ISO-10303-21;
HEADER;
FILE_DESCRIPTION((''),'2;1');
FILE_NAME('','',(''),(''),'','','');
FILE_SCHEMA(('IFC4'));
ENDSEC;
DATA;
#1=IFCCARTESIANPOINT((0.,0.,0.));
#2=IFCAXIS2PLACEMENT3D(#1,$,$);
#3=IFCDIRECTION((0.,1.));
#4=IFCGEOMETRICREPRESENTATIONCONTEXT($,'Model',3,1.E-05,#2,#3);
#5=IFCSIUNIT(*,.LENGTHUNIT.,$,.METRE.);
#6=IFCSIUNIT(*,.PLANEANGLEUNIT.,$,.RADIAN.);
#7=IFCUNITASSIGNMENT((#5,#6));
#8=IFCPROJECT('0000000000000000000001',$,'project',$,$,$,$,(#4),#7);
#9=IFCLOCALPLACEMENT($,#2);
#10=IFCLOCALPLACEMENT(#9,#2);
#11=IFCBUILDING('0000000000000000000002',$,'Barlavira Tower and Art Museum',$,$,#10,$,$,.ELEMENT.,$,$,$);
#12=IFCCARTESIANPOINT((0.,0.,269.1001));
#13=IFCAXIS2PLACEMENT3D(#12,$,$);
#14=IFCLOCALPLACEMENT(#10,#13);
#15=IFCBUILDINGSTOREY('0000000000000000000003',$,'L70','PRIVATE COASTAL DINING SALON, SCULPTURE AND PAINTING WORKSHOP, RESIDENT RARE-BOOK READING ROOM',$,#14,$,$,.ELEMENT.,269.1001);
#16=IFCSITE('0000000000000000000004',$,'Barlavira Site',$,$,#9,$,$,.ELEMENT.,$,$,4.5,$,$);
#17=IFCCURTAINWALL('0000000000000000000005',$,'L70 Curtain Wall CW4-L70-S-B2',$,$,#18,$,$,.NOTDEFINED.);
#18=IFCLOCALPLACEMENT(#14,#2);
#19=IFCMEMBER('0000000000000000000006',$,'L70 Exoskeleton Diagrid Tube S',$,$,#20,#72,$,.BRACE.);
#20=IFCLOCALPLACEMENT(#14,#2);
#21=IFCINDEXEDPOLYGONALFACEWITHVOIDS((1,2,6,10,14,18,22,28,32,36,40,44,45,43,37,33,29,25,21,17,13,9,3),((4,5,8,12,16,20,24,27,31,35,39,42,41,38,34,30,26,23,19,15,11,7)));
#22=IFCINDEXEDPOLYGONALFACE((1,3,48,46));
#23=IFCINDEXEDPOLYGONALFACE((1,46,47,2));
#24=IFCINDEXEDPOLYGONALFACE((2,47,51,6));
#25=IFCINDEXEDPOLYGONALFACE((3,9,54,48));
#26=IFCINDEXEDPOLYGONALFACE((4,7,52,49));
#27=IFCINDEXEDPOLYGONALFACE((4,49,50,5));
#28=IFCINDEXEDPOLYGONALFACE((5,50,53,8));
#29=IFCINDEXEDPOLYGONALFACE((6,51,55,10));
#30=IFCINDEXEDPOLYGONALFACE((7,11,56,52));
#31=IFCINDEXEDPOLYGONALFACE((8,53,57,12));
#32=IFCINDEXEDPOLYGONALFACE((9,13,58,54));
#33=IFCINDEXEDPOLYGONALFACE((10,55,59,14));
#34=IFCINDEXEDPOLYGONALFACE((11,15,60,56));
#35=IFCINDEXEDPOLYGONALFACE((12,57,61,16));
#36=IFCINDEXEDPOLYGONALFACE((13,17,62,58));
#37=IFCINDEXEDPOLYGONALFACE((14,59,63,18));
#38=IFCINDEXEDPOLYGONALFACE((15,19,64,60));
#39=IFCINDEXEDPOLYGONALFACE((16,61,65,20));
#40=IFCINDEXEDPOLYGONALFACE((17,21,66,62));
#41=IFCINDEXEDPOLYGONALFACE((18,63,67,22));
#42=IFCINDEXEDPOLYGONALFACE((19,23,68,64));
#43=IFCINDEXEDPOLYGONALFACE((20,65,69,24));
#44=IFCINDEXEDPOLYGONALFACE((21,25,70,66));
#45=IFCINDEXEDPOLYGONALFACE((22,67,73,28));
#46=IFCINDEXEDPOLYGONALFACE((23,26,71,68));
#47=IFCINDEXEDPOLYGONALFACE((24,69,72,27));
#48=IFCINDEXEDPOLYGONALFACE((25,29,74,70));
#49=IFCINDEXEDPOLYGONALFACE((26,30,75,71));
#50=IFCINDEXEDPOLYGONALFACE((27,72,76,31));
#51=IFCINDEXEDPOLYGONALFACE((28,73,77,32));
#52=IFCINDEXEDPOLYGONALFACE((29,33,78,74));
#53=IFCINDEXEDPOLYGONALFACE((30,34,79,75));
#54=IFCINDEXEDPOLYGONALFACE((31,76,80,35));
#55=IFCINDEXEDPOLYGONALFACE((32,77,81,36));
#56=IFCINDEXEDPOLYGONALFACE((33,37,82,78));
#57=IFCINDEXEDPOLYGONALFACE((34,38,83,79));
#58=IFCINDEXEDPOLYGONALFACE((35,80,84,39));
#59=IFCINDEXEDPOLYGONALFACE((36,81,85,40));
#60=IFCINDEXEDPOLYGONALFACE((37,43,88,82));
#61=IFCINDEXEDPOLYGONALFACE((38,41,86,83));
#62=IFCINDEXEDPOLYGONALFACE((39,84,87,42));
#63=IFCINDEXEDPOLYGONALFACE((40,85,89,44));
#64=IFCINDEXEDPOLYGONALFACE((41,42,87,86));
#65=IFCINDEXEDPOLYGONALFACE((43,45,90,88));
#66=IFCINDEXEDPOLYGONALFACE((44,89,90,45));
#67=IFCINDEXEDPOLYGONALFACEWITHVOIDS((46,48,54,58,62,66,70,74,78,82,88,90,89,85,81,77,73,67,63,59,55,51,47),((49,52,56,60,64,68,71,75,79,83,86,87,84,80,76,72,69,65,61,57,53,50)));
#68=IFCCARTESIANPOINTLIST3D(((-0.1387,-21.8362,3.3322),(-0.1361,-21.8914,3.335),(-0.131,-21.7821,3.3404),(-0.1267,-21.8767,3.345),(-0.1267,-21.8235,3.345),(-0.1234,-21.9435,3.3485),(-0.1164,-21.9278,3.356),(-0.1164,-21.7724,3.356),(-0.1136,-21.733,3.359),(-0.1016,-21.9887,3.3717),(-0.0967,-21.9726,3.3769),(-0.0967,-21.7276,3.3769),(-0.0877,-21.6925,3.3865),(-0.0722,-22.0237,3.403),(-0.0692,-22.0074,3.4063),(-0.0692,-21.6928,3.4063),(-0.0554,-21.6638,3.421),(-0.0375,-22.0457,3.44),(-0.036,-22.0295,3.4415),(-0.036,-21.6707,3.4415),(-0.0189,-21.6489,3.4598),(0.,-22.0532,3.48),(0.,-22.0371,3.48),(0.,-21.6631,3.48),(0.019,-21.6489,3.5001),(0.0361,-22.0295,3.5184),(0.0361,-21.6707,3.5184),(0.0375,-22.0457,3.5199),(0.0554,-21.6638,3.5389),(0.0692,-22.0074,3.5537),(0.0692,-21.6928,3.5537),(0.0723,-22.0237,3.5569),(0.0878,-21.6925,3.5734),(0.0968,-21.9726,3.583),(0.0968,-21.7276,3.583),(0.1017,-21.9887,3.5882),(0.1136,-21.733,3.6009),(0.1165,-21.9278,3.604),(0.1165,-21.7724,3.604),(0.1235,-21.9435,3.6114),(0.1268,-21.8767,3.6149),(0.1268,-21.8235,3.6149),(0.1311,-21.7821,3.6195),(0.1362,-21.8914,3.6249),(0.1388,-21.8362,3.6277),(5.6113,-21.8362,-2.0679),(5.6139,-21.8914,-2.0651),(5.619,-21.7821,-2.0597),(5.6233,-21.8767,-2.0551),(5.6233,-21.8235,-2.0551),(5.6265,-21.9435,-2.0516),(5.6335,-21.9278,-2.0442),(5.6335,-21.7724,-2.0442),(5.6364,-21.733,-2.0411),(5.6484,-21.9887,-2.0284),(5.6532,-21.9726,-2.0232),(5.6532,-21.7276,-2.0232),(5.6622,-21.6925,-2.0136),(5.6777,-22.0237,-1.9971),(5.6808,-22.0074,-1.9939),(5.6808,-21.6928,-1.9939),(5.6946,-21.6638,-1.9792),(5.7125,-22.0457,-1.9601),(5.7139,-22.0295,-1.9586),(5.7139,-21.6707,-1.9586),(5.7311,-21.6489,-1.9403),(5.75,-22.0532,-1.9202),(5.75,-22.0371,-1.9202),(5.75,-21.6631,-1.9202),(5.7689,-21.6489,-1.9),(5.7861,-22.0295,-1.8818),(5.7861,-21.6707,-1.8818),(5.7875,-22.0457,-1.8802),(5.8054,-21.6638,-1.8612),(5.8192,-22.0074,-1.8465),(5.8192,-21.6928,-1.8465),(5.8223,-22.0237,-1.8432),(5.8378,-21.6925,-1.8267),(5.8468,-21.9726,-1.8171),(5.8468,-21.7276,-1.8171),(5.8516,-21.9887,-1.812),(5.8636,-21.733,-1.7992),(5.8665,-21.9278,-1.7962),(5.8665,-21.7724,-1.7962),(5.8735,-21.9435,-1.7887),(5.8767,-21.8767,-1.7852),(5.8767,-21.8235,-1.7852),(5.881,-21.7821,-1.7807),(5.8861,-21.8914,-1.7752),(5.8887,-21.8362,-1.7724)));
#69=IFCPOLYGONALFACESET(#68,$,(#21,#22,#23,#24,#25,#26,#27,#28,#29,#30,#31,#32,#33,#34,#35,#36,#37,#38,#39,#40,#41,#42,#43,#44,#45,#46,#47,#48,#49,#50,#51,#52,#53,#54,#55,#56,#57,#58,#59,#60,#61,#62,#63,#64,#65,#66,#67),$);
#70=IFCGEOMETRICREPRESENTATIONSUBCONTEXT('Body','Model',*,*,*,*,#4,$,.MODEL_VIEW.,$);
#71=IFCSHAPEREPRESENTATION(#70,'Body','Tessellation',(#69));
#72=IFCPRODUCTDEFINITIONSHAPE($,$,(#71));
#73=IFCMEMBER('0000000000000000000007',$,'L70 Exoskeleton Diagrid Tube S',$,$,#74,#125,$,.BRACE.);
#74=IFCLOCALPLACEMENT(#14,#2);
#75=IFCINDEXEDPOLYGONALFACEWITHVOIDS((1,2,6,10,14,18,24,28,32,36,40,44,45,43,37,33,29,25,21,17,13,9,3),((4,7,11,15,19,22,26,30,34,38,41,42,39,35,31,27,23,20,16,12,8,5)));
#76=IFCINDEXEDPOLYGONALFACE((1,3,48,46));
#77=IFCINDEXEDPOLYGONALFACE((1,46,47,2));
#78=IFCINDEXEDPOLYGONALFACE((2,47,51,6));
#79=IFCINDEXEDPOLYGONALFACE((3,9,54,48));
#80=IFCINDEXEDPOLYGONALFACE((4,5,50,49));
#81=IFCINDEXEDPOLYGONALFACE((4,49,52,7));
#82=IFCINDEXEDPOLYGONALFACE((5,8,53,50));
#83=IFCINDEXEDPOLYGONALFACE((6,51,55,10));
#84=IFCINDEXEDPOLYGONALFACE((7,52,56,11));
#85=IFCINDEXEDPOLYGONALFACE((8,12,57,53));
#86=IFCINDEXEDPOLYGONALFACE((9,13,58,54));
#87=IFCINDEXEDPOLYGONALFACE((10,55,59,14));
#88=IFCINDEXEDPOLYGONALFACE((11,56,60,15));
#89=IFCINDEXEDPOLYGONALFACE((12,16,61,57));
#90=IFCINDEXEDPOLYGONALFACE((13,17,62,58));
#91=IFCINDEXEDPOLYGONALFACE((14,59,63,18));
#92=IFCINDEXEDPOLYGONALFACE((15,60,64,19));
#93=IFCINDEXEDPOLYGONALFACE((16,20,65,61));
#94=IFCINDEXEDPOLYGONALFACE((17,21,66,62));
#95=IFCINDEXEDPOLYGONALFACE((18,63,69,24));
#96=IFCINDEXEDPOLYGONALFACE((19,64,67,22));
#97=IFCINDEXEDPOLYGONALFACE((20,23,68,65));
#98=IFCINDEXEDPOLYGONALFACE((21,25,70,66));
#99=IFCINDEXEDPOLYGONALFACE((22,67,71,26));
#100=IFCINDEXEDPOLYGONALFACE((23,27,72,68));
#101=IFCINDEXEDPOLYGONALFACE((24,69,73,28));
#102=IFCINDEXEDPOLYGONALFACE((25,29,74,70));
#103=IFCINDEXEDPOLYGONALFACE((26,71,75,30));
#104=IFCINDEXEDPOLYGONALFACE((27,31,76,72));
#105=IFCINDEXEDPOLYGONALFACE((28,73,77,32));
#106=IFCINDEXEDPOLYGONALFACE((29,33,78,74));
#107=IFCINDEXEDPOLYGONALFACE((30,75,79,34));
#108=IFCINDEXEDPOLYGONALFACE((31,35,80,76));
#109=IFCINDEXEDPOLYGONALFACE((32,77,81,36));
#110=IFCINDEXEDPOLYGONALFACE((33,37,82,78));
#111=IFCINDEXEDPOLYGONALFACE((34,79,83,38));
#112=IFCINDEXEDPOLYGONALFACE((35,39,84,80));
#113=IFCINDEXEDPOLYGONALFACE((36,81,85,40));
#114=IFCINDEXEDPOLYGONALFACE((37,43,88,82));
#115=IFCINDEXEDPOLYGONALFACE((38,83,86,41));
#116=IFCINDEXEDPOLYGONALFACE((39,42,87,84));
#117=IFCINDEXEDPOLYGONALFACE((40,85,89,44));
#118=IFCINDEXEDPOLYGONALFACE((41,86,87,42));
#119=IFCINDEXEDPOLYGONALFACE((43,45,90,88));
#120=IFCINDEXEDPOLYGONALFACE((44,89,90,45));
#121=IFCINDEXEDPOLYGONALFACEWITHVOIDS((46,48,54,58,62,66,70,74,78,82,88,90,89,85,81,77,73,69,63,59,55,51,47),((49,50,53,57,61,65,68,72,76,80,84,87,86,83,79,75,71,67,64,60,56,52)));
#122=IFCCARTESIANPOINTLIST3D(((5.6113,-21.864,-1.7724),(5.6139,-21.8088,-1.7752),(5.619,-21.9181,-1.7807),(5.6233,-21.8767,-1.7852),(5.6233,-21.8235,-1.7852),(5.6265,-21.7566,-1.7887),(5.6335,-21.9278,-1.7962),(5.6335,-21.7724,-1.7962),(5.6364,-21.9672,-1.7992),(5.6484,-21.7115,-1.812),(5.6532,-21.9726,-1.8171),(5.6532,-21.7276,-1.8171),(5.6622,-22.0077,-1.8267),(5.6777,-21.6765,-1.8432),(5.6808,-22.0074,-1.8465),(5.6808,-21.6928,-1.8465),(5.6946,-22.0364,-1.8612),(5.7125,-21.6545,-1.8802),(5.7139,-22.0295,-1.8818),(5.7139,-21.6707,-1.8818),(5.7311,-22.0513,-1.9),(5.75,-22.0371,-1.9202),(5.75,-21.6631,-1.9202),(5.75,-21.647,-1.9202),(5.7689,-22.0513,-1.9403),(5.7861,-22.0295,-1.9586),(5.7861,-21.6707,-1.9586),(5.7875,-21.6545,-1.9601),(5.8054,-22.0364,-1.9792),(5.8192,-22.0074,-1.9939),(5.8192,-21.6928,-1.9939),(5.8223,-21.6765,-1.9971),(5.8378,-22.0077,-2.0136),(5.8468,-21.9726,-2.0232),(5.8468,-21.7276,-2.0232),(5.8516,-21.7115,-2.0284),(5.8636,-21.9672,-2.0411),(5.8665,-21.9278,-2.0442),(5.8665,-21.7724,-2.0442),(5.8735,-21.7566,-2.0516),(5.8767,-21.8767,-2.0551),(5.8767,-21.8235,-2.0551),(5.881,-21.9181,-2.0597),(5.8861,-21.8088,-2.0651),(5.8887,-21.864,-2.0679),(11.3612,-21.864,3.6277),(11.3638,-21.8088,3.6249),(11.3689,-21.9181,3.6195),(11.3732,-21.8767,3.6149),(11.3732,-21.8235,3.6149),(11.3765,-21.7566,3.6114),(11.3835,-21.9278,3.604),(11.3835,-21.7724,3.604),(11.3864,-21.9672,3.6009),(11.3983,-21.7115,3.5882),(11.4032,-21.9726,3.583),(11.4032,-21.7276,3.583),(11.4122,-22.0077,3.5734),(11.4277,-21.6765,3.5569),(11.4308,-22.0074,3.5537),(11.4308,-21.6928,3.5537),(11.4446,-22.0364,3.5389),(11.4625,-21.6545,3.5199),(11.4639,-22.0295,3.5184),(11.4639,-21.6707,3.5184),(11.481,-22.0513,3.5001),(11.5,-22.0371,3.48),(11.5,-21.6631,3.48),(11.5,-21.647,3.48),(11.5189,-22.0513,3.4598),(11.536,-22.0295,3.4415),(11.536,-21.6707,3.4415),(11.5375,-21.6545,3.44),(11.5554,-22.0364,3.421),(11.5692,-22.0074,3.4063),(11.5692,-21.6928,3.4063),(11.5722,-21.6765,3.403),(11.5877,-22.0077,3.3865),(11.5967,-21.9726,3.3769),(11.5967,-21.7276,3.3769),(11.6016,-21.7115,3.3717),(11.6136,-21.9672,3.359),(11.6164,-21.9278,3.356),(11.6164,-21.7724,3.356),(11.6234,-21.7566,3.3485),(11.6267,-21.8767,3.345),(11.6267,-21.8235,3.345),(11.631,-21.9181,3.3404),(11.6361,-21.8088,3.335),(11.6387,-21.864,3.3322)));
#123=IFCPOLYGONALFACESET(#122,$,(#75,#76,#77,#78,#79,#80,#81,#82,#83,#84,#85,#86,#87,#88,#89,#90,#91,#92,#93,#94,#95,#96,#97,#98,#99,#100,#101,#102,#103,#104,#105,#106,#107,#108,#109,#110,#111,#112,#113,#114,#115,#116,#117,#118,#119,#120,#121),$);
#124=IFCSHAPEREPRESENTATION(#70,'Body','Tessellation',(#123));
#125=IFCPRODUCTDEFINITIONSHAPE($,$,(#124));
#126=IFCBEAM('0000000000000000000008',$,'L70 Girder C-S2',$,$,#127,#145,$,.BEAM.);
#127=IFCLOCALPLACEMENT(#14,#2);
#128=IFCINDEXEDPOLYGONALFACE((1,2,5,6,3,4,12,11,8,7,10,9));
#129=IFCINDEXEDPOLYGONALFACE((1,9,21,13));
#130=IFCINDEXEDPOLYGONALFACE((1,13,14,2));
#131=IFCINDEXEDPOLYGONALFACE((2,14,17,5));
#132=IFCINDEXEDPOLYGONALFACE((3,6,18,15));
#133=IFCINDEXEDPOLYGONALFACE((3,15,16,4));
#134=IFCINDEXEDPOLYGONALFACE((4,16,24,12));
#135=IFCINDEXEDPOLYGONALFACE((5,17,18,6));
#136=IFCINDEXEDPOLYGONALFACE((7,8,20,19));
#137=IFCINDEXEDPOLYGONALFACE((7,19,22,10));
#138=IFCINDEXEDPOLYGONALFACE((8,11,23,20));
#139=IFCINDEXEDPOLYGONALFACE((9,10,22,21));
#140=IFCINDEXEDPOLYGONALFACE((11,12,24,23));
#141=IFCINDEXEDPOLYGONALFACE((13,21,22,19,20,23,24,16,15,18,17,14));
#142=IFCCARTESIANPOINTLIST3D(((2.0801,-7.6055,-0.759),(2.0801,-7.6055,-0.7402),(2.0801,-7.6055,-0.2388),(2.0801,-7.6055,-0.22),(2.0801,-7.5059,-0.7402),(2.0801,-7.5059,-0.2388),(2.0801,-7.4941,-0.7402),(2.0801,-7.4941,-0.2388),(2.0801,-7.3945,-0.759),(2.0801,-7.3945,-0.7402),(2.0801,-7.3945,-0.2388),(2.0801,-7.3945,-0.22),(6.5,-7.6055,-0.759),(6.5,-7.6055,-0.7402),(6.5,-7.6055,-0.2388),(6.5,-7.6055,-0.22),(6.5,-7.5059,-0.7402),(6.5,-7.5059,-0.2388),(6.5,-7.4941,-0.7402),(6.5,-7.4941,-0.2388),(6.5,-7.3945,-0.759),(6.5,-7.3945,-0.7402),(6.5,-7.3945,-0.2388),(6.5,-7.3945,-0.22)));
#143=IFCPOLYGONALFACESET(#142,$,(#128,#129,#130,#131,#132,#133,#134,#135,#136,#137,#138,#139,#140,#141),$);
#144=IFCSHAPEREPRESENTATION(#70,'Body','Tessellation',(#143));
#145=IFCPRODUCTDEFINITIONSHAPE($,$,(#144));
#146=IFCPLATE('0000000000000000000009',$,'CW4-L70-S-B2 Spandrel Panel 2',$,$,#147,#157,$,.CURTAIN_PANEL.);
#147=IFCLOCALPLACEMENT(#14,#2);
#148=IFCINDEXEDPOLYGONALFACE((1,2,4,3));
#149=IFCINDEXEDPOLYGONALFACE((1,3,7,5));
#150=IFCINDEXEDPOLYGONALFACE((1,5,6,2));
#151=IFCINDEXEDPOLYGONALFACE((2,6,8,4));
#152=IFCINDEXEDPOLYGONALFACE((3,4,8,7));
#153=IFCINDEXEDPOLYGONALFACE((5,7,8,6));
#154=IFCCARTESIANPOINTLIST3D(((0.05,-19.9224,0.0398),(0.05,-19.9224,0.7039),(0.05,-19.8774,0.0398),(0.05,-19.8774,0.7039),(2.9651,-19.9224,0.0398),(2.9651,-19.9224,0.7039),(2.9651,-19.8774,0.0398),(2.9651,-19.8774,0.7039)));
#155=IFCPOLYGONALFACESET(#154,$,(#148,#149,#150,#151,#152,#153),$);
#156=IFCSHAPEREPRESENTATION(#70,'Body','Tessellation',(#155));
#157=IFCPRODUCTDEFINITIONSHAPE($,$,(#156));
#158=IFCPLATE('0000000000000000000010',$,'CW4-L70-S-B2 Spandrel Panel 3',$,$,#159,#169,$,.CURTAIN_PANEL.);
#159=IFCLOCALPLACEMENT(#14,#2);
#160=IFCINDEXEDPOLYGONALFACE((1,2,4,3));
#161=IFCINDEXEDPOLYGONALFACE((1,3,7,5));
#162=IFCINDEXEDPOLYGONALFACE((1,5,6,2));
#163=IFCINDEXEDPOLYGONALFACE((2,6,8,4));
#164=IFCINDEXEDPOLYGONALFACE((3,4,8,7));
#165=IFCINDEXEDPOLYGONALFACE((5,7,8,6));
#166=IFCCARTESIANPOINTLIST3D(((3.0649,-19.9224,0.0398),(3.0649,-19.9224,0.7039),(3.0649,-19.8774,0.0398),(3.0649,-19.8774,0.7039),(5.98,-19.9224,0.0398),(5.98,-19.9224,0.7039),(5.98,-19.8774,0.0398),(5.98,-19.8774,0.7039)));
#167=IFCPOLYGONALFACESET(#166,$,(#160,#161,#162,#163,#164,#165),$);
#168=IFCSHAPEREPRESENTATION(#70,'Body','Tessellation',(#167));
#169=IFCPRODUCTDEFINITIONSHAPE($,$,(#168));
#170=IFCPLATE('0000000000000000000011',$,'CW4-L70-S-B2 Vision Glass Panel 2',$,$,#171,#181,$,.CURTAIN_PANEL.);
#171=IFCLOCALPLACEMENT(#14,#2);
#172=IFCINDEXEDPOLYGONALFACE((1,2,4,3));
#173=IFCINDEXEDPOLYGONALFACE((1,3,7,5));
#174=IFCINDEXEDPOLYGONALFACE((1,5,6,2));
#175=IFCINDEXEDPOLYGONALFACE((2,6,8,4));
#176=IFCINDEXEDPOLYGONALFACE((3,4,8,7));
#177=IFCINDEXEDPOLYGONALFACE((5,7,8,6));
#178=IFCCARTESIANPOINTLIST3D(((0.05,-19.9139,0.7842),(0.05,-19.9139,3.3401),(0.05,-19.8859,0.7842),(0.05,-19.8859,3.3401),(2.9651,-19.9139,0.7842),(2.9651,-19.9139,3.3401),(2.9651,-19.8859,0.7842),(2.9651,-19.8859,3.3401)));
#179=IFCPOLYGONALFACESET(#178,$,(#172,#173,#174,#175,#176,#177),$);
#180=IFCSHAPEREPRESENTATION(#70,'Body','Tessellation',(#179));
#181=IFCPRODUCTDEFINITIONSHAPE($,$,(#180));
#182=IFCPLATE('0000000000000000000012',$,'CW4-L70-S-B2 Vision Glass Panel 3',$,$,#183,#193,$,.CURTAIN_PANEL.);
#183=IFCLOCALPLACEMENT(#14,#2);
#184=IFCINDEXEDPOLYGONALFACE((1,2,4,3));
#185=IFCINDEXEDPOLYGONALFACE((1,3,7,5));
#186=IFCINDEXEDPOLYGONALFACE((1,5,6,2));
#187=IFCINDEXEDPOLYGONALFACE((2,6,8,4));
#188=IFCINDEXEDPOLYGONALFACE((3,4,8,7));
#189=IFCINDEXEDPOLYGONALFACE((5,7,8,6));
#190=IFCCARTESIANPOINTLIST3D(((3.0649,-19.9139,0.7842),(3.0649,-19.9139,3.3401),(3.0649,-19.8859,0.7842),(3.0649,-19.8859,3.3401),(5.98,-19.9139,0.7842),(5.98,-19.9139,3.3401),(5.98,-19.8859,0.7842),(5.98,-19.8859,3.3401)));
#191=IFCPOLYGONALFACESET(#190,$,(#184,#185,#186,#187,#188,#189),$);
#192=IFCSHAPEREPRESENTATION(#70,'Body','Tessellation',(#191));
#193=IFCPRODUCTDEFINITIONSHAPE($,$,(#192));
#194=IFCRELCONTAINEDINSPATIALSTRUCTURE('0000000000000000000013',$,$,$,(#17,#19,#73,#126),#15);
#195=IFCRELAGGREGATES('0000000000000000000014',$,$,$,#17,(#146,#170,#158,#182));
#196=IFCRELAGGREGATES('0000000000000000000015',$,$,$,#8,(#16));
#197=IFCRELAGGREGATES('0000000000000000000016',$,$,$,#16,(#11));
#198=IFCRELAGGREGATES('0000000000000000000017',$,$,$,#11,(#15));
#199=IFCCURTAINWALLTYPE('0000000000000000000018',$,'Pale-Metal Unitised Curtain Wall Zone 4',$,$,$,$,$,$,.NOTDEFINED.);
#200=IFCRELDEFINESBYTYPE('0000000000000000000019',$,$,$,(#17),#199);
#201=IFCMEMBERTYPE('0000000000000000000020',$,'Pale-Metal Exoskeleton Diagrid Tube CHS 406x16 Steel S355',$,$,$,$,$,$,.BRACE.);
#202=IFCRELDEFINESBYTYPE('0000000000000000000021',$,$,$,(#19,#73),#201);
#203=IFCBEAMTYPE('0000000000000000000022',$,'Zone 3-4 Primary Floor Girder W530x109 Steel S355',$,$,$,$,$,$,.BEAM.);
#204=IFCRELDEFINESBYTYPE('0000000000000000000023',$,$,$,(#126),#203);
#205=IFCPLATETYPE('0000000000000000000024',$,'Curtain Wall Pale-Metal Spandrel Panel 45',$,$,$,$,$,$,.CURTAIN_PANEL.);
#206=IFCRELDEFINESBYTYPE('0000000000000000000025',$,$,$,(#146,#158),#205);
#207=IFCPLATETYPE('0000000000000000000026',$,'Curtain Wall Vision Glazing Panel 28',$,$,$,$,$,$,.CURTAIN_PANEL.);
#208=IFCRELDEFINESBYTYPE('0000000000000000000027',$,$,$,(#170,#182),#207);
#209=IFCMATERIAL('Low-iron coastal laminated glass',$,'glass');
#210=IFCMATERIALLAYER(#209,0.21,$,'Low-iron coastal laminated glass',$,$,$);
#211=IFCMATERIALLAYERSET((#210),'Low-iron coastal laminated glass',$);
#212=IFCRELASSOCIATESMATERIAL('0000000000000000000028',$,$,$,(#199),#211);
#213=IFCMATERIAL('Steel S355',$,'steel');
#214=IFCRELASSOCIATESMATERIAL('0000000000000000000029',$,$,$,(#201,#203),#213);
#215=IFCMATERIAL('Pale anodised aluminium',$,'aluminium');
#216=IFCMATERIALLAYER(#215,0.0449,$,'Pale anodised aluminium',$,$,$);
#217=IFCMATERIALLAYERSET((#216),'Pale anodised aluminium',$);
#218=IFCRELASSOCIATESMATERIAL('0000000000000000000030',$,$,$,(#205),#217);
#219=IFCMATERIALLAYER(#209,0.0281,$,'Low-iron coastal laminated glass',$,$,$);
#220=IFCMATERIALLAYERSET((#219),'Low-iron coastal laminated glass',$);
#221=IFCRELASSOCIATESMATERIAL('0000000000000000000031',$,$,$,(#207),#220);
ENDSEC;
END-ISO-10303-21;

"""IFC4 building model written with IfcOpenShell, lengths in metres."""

from ifc_helpers import new_model, si_unit, direction, frame, origin, origin_2d, place, context, subcontext, project, spatial, rectangle, hollow_circle, i_section, extrude, material, layer, layer_set, material_profile, profile_set, type_object, element, aggregate, save


model = new_model("IFC4")

# Units and contexts
model_context = context("Model", 3, precision=1e-05, world=origin(), true_north=direction((0.0, 1.0)))
body_context = subcontext(model_context, "Body", "Model", "MODEL_VIEW")
ifc_project = project(units=[si_unit("LENGTHUNIT", "METRE"), si_unit("PLANEANGLEUNIT", "RADIAN")], contexts=[model_context])

# Site, building, storey
site_placement = place(None, origin())
site = spatial("IfcSite", under=ifc_project, at=site_placement, Name="Barlavira Site", CompositionType="ELEMENT", RefElevation=4.5)
building_placement = place(site_placement, origin())
building = spatial("IfcBuilding", under=site, at=building_placement, Name="Barlavira Tower and Art Museum", CompositionType="ELEMENT")
storey_placement = place(building_placement, frame((0.0, 0.0, 269.1001)))
storey = spatial("IfcBuildingStorey", under=building, at=storey_placement, Name="L70", Description="PRIVATE COASTAL DINING SALON, SCULPTURE AND PAINTING WORKSHOP, RESIDENT RARE-BOOK READING ROOM", CompositionType="ELEMENT", Elevation=269.1001)

# Shared definitions
ifc_material_1 = material(Name="Steel S355", Category="steel")

# Curtain wall
ifc_material_2 = material(Name="Low-iron coastal laminated glass", Category="glass")
ifc_layer_1 = layer(ifc_material_2, 0.21, Name="Low-iron coastal laminated glass")
ifc_layer_set_1 = layer_set([ifc_layer_1], Name="Low-iron coastal laminated glass")
curtain_wall_type = type_object("IfcCurtainWallType", Name="Pale-Metal Unitised Curtain Wall Zone 4", PredefinedType="NOTDEFINED", material=ifc_layer_set_1)
curtain_wall_placement = place(storey_placement, origin())
curtain_wall = element("IfcCurtainWall", 1, at=curtain_wall_placement, inside=storey, type_object=curtain_wall_type, Name="L70 Curtain Wall CW4-L70-S-B2", PredefinedType="NOTDEFINED")
ifc_material_3 = material(Name="Pale anodised aluminium", Category="aluminium")

# Members
ifc_material_profile_1 = material_profile(ifc_material_1, hollow_circle(Radius=0.2031, WallThickness=0.0161, at=origin_2d()), Name="CHS 406.4x16.0")
ifc_profile_set_1 = profile_set([ifc_material_profile_1], Name="Steel S355")
member_type_1 = type_object("IfcMemberType", Name="Pale-Metal Exoskeleton Diagrid Tube CHS 406x16 Steel S355", PredefinedType="BRACE", material=ifc_profile_set_1)
for number, where, z_axis, x_axis, name in (
    (2, (5.75, -21.8501, -1.9202), (-0.728935, 0.0, 0.684583), (0.0, -1.0, 0.0), "L70 Exoskeleton Diagrid Tube S"),
    (3, (5.75, -21.8501, -1.9202), (0.728935, 0.0, 0.684583), (0.0, 1.0, 0.0), "L70 Exoskeleton Diagrid Tube S"),
):
    element("IfcMember", number, at=place(storey_placement, frame(where, z_axis=z_axis, x_axis=x_axis)), inside=storey, type_object=member_type_1, Name=name, PredefinedType="BRACE", context=body_context, shape_type="SweptSolid", body=[
        extrude(hollow_circle(Radius=0.2031, WallThickness=0.0161, at=origin_2d()), origin(), (0.0, 0.0, 1.0), 7.8882),
    ])

# Beam
ifc_material_profile_2 = material_profile(ifc_material_1, i_section(OverallWidth=0.2109, OverallDepth=0.5391, WebThickness=0.0117, FlangeThickness=0.0188, at=origin_2d()), Name="W530x109.0")
ifc_profile_set_2 = profile_set([ifc_material_profile_2], Name="Steel S355")
beam_type = type_object("IfcBeamType", Name="Zone 3-4 Primary Floor Girder W530x109 Steel S355", PredefinedType="BEAM", material=ifc_profile_set_2)
beam_placement = place(storey_placement, frame((2.0801, -7.5, -0.4895), z_axis=(1.0, 0.0, 0.0), x_axis=(0.0, 1.0, 0.0)))
element("IfcBeam", 4, at=beam_placement, inside=storey, type_object=beam_type, Name="L70 Girder C-S2", PredefinedType="BEAM", context=body_context, shape_type="SweptSolid", body=[
    extrude(i_section(OverallWidth=0.2109, OverallDepth=0.5391, WebThickness=0.0117, FlangeThickness=0.0188, at=origin_2d()), origin(), (0.0, 0.0, 1.0), 4.4199),
])

# Plates
ifc_layer_2 = layer(ifc_material_3, 0.0449, Name="Pale anodised aluminium")
ifc_layer_set_2 = layer_set([ifc_layer_2], Name="Pale anodised aluminium")
plate_type_1 = type_object("IfcPlateType", Name="Curtain Wall Pale-Metal Spandrel Panel 45", PredefinedType="CURTAIN_PANEL", material=ifc_layer_set_2)
plate_1_placement = place(storey_placement, frame((1.5076, -19.8999, 0.0398), z_axis=(0.0, 0.0, 1.0), x_axis=(1.0, 0.0, 0.0)))
plate_1 = element("IfcPlate", 5, at=plate_1_placement, type_object=plate_type_1, Name="CW4-L70-S-B2 Spandrel Panel 2", PredefinedType="CURTAIN_PANEL", context=body_context, shape_type="SweptSolid", body=[
    extrude(rectangle(XDim=2.915, YDim=0.0449, at=origin_2d()), origin(), (0.0, 0.0, 1.0), 0.6641),
])
plate_2_placement = place(storey_placement, frame((4.5225, -19.8999, 0.0398), z_axis=(0.0, 0.0, 1.0), x_axis=(1.0, 0.0, 0.0)))
plate_2 = element("IfcPlate", 6, at=plate_2_placement, type_object=plate_type_1, Name="CW4-L70-S-B2 Spandrel Panel 3", PredefinedType="CURTAIN_PANEL", context=body_context, shape_type="SweptSolid", body=[
    extrude(rectangle(XDim=2.915, YDim=0.0449, at=origin_2d()), origin(), (0.0, 0.0, 1.0), 0.6641),
])
ifc_layer_3 = layer(ifc_material_2, 0.0281, Name="Low-iron coastal laminated glass")
ifc_layer_set_3 = layer_set([ifc_layer_3], Name="Low-iron coastal laminated glass")
plate_type_2 = type_object("IfcPlateType", Name="Curtain Wall Vision Glazing Panel 28", PredefinedType="CURTAIN_PANEL", material=ifc_layer_set_3)
plate_3_placement = place(storey_placement, frame((1.5076, -19.8999, 0.7842), z_axis=(0.0, 0.0, 1.0), x_axis=(1.0, 0.0, 0.0)))
plate_3 = element("IfcPlate", 7, at=plate_3_placement, type_object=plate_type_2, Name="CW4-L70-S-B2 Vision Glass Panel 2", PredefinedType="CURTAIN_PANEL", context=body_context, shape_type="SweptSolid", body=[
    extrude(rectangle(XDim=2.915, YDim=0.0281, at=origin_2d()), origin(), (0.0, 0.0, 1.0), 2.5559),
])
plate_4_placement = place(storey_placement, frame((4.5225, -19.8999, 0.7842), z_axis=(0.0, 0.0, 1.0), x_axis=(1.0, 0.0, 0.0)))
plate_4 = element("IfcPlate", 8, at=plate_4_placement, type_object=plate_type_2, Name="CW4-L70-S-B2 Vision Glass Panel 3", PredefinedType="CURTAIN_PANEL", context=body_context, shape_type="SweptSolid", body=[
    extrude(rectangle(XDim=2.915, YDim=0.0281, at=origin_2d()), origin(), (0.0, 0.0, 1.0), 2.5559),
])
aggregate(curtain_wall, [plate_1, plate_3, plate_2, plate_4])

save(model, "model.ifc")
